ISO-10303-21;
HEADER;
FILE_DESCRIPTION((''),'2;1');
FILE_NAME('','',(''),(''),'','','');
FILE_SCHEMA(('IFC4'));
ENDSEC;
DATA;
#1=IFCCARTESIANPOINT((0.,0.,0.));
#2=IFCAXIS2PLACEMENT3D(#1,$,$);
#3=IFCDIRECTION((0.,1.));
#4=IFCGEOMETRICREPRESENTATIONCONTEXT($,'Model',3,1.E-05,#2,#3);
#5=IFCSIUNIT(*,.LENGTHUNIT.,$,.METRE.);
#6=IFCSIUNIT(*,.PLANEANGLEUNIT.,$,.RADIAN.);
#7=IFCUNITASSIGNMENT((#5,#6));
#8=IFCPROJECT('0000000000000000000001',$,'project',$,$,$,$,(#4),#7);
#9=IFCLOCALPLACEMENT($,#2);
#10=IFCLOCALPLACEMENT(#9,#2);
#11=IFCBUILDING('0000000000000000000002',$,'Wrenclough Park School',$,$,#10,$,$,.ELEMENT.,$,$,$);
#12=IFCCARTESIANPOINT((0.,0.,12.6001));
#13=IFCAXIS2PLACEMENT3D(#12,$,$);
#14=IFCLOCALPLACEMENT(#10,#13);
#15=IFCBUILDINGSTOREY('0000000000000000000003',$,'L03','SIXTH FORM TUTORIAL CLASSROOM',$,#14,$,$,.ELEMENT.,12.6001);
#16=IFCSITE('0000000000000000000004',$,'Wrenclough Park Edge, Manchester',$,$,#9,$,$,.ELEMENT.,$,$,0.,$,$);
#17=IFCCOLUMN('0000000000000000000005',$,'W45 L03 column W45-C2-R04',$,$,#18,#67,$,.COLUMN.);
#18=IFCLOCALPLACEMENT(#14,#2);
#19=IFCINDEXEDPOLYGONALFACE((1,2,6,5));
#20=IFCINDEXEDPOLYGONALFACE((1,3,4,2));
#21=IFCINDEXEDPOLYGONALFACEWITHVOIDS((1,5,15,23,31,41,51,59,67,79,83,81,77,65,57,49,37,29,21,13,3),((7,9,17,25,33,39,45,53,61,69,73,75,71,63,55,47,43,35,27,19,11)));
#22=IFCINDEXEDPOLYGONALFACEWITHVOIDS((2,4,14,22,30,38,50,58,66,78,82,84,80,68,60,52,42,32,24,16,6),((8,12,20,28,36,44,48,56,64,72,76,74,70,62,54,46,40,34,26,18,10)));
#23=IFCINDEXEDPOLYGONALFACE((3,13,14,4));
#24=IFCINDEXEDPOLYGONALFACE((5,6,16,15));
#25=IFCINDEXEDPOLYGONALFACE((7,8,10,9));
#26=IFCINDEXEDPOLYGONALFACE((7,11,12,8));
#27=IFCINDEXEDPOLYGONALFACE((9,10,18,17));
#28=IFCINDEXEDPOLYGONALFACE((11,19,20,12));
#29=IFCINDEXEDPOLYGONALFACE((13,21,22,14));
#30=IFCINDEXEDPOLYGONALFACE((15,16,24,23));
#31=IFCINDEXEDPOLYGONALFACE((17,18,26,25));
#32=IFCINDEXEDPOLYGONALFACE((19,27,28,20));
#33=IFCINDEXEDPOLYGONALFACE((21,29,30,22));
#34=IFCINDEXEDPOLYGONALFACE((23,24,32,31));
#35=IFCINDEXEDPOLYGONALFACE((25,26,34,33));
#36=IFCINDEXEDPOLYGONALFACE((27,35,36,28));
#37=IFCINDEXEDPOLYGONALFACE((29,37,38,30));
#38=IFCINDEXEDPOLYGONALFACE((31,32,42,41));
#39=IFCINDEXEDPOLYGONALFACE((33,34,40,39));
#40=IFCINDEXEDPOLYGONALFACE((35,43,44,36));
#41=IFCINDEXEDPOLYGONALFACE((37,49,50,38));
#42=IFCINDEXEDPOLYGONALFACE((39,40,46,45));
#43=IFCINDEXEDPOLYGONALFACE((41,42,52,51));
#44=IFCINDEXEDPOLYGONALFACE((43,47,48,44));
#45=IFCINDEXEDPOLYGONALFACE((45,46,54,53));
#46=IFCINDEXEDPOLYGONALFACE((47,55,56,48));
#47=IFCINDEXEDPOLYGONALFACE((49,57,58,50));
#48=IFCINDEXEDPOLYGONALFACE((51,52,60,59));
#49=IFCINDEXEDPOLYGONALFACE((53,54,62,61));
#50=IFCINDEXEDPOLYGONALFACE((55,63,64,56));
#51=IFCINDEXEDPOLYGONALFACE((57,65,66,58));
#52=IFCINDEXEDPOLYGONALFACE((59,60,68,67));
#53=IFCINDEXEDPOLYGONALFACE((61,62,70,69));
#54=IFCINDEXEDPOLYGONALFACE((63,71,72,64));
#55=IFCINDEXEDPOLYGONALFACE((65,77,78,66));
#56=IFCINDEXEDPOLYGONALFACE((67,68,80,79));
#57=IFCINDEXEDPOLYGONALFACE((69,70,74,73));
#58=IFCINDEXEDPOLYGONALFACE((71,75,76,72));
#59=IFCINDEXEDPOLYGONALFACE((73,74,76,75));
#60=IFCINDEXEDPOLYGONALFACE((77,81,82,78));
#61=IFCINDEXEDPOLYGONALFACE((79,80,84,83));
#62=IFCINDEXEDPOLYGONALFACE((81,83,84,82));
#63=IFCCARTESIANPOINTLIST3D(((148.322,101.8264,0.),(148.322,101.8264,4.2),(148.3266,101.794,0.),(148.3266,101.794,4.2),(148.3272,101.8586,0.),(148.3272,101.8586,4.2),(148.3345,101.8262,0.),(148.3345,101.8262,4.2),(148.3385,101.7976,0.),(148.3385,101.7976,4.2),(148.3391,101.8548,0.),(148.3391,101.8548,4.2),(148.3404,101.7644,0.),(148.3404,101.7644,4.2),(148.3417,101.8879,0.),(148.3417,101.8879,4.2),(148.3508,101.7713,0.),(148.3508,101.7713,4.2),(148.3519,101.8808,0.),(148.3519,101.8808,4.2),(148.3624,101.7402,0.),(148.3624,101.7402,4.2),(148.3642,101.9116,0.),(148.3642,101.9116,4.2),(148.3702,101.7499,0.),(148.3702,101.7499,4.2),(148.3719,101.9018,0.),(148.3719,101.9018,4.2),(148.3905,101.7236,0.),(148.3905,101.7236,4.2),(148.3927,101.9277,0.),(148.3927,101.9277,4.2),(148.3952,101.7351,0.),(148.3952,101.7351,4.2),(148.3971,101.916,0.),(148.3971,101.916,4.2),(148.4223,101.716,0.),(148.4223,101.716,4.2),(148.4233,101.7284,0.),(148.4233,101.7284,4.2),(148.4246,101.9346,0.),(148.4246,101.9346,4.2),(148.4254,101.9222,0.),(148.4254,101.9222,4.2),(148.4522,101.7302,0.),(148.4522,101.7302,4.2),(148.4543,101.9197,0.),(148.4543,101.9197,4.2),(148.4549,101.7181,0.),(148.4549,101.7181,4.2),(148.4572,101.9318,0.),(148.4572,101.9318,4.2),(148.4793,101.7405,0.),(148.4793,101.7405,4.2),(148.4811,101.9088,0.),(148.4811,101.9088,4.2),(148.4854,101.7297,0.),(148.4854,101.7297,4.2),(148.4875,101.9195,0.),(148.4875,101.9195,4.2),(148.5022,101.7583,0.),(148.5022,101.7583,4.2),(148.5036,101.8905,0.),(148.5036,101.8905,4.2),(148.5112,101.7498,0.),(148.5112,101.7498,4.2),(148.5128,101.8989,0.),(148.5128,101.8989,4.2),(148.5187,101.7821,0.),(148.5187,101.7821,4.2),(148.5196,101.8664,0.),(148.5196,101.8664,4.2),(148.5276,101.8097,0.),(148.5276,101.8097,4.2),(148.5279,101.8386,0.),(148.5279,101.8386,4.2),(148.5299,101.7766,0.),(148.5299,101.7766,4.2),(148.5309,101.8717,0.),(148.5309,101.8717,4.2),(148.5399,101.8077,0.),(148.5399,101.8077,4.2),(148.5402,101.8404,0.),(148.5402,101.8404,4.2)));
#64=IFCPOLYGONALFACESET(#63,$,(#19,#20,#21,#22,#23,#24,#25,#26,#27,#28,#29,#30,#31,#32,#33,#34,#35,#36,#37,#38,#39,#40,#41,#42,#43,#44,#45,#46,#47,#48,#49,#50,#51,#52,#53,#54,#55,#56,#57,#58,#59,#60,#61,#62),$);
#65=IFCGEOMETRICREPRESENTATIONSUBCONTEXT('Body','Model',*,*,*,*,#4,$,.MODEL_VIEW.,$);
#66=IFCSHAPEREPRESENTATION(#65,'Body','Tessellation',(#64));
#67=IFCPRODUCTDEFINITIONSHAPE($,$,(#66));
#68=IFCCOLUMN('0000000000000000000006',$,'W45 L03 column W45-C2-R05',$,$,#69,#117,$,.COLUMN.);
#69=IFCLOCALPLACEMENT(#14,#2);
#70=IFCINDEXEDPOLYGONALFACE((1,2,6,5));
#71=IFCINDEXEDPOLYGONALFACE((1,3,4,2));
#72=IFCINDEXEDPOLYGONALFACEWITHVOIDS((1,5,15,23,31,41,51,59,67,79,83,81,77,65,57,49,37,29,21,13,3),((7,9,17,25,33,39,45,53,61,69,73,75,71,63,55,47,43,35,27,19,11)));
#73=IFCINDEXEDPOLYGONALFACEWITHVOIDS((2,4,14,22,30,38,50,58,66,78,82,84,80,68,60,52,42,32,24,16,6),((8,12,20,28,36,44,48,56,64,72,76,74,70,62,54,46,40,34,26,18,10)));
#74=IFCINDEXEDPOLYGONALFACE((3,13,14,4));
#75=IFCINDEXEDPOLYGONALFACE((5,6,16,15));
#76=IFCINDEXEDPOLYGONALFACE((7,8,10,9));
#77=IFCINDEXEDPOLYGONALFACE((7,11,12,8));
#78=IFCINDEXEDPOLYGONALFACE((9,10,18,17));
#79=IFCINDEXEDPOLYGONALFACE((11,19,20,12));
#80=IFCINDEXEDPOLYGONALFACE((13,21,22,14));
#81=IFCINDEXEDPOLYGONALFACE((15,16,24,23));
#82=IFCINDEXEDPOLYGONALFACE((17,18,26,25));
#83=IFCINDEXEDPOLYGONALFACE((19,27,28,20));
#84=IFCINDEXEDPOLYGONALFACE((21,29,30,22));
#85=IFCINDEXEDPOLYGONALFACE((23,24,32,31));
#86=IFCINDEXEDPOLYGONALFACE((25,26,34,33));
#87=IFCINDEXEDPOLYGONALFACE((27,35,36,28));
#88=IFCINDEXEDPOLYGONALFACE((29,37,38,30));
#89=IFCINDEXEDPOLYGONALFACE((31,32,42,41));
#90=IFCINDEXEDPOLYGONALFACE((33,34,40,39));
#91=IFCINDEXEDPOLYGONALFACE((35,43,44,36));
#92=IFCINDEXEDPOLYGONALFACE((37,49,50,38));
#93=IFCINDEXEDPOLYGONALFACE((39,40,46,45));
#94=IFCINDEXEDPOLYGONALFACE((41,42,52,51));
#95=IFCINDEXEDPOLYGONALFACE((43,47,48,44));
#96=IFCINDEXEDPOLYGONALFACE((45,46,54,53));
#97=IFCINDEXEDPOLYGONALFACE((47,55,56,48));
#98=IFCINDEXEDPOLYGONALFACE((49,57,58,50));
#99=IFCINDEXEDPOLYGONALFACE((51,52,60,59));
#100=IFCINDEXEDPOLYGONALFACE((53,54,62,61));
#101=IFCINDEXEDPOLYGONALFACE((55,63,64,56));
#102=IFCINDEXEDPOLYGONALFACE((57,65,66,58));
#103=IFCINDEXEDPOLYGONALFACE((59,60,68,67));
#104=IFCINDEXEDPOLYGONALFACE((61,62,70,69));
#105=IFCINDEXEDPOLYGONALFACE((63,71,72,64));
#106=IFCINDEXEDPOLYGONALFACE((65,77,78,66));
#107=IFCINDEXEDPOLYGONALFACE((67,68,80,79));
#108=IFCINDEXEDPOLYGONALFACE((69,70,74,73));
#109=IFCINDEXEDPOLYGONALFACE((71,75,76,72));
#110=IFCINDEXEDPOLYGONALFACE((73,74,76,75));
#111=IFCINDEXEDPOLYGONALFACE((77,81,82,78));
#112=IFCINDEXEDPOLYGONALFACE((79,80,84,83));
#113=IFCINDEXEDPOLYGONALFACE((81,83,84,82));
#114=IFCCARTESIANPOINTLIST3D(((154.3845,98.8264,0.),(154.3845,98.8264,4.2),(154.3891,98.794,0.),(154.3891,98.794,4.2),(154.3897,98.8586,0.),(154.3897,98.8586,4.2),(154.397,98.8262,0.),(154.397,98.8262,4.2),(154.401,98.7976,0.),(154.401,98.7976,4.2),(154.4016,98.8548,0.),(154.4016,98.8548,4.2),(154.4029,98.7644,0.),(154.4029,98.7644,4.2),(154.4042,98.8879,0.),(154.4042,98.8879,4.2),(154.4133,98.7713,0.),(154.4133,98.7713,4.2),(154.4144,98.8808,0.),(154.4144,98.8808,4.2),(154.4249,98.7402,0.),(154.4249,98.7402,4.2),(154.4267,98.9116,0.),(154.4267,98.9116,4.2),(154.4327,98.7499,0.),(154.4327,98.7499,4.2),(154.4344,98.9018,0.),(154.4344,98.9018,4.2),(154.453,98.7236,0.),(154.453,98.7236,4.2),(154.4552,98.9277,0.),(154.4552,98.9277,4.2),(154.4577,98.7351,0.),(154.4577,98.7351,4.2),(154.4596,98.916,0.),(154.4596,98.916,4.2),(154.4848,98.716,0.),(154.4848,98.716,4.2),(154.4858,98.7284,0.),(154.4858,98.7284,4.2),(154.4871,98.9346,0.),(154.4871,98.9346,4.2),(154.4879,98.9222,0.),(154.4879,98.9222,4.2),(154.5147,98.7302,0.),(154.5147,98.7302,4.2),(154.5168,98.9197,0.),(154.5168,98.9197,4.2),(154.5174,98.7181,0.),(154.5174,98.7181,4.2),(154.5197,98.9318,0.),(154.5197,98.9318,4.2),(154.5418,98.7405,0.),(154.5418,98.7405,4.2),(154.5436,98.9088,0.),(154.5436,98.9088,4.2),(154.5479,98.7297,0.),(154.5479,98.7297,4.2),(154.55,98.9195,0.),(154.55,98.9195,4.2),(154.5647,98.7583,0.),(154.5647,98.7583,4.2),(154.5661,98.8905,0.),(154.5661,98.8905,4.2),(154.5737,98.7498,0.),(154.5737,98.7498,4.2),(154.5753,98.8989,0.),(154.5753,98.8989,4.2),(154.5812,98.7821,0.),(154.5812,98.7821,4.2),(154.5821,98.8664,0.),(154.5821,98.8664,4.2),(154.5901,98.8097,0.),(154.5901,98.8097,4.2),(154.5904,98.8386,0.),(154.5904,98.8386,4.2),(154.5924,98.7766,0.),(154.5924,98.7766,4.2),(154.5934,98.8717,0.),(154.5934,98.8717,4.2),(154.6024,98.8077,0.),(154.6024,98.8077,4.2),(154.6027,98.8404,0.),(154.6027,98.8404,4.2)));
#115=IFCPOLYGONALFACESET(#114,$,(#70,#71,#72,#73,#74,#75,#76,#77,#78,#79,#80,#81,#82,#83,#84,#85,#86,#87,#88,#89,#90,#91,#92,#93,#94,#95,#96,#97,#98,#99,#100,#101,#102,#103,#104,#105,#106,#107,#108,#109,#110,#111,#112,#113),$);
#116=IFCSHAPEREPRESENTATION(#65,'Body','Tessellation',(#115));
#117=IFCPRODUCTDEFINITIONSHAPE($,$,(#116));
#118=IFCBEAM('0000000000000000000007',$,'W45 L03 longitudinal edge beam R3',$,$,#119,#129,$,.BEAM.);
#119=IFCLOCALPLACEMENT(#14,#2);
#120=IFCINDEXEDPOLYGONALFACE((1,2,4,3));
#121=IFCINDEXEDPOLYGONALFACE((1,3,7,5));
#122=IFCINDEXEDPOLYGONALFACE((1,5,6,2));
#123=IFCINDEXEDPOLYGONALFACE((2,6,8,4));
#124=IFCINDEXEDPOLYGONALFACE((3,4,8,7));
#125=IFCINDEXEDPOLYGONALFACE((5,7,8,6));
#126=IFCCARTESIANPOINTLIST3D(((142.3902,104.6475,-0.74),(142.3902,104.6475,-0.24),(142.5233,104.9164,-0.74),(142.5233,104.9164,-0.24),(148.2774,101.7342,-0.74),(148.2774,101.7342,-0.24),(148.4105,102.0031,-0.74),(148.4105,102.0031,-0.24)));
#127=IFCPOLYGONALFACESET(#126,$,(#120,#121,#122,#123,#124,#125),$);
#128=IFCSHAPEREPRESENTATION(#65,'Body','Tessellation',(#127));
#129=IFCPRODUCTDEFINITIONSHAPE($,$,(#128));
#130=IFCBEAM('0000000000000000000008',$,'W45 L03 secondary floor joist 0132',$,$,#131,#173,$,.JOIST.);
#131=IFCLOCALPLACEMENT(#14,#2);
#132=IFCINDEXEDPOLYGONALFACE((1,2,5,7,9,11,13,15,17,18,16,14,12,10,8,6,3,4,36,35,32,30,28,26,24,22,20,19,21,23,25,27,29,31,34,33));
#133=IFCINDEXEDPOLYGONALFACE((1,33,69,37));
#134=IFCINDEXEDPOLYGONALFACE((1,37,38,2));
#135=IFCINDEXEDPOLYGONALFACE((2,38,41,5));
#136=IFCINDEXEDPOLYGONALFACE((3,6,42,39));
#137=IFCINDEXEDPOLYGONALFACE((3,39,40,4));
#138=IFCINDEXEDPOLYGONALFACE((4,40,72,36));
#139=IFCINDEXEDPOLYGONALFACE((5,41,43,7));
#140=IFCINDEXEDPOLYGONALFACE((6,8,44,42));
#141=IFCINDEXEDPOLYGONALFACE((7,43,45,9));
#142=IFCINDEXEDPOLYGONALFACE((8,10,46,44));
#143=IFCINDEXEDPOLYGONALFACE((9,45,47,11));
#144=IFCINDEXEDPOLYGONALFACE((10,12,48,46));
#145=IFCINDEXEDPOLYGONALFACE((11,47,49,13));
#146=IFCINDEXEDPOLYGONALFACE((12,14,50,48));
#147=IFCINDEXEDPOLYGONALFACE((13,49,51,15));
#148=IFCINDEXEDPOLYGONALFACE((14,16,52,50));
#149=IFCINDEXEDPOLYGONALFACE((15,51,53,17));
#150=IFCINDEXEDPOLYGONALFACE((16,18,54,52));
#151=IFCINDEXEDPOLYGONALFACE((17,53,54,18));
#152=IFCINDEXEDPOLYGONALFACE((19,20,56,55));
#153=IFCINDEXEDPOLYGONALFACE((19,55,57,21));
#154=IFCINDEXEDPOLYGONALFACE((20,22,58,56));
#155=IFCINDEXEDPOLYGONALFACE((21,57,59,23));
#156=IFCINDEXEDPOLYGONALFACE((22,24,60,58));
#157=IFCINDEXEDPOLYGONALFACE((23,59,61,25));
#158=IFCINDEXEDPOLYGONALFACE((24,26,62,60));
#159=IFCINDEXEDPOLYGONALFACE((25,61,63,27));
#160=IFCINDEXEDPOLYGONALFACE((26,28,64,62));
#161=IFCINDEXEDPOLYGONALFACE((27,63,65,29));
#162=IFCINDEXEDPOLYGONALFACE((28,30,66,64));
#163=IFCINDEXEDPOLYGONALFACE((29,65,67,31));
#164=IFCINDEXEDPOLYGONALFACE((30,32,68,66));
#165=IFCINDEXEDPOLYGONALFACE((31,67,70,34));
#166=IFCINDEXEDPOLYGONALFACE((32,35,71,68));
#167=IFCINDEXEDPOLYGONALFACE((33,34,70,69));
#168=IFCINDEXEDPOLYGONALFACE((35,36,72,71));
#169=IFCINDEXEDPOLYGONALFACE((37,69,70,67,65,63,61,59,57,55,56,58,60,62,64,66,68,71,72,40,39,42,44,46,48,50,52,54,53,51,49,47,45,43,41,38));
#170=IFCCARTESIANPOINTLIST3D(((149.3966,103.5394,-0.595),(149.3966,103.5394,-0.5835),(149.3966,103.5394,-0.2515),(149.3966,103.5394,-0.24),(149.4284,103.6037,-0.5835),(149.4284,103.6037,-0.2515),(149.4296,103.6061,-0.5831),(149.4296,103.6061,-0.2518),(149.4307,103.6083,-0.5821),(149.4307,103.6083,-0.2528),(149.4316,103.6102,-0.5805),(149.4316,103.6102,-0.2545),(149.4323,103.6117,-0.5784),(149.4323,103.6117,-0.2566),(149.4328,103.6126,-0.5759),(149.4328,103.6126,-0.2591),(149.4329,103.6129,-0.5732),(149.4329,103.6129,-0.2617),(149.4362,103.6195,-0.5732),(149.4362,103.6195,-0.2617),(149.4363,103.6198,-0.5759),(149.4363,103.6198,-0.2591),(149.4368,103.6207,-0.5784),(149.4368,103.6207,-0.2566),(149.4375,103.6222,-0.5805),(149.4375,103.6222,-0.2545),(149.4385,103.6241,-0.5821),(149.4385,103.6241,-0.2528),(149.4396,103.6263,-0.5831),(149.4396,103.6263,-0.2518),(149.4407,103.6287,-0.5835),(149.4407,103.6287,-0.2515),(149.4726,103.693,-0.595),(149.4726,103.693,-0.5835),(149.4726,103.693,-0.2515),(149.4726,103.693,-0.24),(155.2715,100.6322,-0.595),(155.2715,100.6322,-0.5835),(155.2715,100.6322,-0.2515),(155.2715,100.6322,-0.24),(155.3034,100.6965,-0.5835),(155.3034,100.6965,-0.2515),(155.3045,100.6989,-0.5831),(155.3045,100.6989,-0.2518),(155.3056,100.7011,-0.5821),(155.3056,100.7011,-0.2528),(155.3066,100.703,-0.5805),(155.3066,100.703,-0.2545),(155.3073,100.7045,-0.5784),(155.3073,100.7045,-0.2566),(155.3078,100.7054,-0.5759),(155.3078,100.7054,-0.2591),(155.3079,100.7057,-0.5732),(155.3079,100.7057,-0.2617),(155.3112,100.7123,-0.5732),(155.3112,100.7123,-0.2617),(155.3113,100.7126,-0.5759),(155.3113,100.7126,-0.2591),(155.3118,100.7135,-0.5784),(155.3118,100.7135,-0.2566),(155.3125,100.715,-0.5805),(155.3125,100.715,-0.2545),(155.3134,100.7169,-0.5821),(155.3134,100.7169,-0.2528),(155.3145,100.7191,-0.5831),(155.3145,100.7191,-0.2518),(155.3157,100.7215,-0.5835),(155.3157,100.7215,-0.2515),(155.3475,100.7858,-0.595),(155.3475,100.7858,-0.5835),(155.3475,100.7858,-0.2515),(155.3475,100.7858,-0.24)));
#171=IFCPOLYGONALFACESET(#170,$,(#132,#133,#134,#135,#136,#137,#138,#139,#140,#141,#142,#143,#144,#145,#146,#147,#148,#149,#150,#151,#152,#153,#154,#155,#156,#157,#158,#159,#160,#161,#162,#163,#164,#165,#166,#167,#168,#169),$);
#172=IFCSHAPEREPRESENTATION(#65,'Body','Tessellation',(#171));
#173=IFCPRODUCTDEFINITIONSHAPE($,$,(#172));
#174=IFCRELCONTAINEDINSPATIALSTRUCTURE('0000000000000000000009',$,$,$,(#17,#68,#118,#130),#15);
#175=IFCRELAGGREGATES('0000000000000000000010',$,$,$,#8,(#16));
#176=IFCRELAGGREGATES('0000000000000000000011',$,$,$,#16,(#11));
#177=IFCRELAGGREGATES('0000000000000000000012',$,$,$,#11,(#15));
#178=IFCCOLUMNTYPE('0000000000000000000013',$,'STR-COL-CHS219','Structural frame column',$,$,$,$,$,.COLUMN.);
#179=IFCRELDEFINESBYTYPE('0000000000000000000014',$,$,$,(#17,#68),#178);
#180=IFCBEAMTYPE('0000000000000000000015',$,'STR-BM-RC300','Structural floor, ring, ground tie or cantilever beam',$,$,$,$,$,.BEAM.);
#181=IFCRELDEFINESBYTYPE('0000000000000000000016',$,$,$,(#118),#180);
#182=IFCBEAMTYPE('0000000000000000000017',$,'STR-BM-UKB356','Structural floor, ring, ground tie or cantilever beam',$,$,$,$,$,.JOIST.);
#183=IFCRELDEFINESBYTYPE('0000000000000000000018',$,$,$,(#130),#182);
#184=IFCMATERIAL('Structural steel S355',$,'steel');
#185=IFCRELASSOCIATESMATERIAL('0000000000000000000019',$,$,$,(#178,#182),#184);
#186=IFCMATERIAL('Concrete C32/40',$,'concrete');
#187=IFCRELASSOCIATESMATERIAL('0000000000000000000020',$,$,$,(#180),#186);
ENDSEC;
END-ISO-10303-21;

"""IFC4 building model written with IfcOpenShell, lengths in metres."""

from ifc_helpers import new_model, si_unit, direction, frame, origin, origin_2d, place, context, subcontext, project, spatial, rectangle, hollow_circle, i_section, extrude, material, material_profile, profile_set, type_object, element, save


model = new_model("IFC4")

# Units and contexts
model_context = context("Model", 3, precision=1e-05, world=origin(), true_north=direction((0.0, 1.0)))
body_context = subcontext(model_context, "Body", "Model", "MODEL_VIEW")
ifc_project = project(units=[si_unit("LENGTHUNIT", "METRE"), si_unit("PLANEANGLEUNIT", "RADIAN")], contexts=[model_context])

# Site, building, storey
site_placement = place(None, origin())
site = spatial("IfcSite", under=ifc_project, at=site_placement, Name="Wrenclough Park Edge, Manchester", CompositionType="ELEMENT", RefElevation=0.0)
building_placement = place(site_placement, origin())
building = spatial("IfcBuilding", under=site, at=building_placement, Name="Wrenclough Park School", CompositionType="ELEMENT")
storey_placement = place(building_placement, frame((0.0, 0.0, 12.6001)))
storey = spatial("IfcBuildingStorey", under=building, at=storey_placement, Name="L03", Description="SIXTH FORM TUTORIAL CLASSROOM", CompositionType="ELEMENT", Elevation=12.6001)

# Columns
ifc_material_1 = material(Name="Structural steel S355", Category="steel")
ifc_material_profile_1 = material_profile(ifc_material_1, hollow_circle(Radius=0.1096, WallThickness=0.0125, at=origin_2d()), Name="CHS 219.1x12.5")
ifc_profile_set_1 = profile_set([ifc_material_profile_1], Name="Structural steel S355")
column_type = type_object("IfcColumnType", Name="STR-COL-CHS219", Description="Structural frame column", PredefinedType="COLUMN", material=ifc_profile_set_1)
for number, where, z_axis, x_axis, name in (
    (1, (148.4316, 101.8252, 0.0), (0.0, 0.0, 1.0), (0.896254, -0.443541, 0.0), "W45 L03 column W45-C2-R04"),
    (2, (154.4941, 98.8252, 0.0), (0.0, 0.0, 1.0), (0.896254, -0.443541, 0.0), "W45 L03 column W45-C2-R05"),
):
    element("IfcColumn", number, at=place(storey_placement, frame(where, z_axis=z_axis, x_axis=x_axis)), inside=storey, type_object=column_type, Name=name, PredefinedType="COLUMN", context=body_context, shape_type="SweptSolid", body=[
        extrude(hollow_circle(Radius=0.1096, WallThickness=0.0125, at=origin_2d()), origin(), (0.0, 0.0, 1.0), 4.2),
    ])

# Beams
ifc_material_2 = material(Name="Concrete C32/40", Category="concrete")
ifc_material_profile_2 = material_profile(ifc_material_2, rectangle(XDim=0.3, YDim=0.5, at=origin_2d()), Name="RC BEAM 300x500")
ifc_profile_set_2 = profile_set([ifc_material_profile_2], Name="Concrete C32/40")
beam_type_1 = type_object("IfcBeamType", Name="STR-BM-RC300", Description="Structural floor, ring, ground tie or cantilever beam", PredefinedType="BEAM", material=ifc_profile_set_2)
beam_1_placement = place(storey_placement, frame((142.4568, 104.782, -0.49), z_axis=(0.896263, -0.443523, 0.0), x_axis=(0.443523, 0.896263, 0.0)))
element("IfcBeam", 3, at=beam_1_placement, inside=storey, type_object=beam_type_1, Name="W45 L03 longitudinal edge beam R3", PredefinedType="BEAM", context=body_context, shape_type="SweptSolid", body=[
    extrude(rectangle(XDim=0.3, YDim=0.5, at=origin_2d()), origin(), (0.0, 0.0, 1.0), 6.5686),
])
ifc_material_profile_3 = material_profile(ifc_material_1, i_section(OverallWidth=0.1714, OverallDepth=0.355, WebThickness=0.0073, FlangeThickness=0.0115, FilletRadius=0.0103, at=origin_2d()), Name="UKB 356x171x51")
ifc_profile_set_3 = profile_set([ifc_material_profile_3], Name="Structural steel S355")
beam_type_2 = type_object("IfcBeamType", Name="STR-BM-UKB356", Description="Structural floor, ring, ground tie or cantilever beam", PredefinedType="JOIST", material=ifc_profile_set_3)
beam_2_placement = place(storey_placement, frame((149.4346, 103.6162, -0.4175), z_axis=(0.896267, -0.443515, 0.0), x_axis=(0.443515, 0.896267, 0.0)))
element("IfcBeam", 4, at=beam_2_placement, inside=storey, type_object=beam_type_2, Name="W45 L03 secondary floor joist 0132", PredefinedType="JOIST", context=body_context, shape_type="SweptSolid", body=[
    extrude(i_section(OverallWidth=0.1714, OverallDepth=0.355, WebThickness=0.0073, FlangeThickness=0.0115, FilletRadius=0.0103, at=origin_2d()), origin(), (0.0, 0.0, 1.0), 6.5549),
])

save(model, "model.ifc")
